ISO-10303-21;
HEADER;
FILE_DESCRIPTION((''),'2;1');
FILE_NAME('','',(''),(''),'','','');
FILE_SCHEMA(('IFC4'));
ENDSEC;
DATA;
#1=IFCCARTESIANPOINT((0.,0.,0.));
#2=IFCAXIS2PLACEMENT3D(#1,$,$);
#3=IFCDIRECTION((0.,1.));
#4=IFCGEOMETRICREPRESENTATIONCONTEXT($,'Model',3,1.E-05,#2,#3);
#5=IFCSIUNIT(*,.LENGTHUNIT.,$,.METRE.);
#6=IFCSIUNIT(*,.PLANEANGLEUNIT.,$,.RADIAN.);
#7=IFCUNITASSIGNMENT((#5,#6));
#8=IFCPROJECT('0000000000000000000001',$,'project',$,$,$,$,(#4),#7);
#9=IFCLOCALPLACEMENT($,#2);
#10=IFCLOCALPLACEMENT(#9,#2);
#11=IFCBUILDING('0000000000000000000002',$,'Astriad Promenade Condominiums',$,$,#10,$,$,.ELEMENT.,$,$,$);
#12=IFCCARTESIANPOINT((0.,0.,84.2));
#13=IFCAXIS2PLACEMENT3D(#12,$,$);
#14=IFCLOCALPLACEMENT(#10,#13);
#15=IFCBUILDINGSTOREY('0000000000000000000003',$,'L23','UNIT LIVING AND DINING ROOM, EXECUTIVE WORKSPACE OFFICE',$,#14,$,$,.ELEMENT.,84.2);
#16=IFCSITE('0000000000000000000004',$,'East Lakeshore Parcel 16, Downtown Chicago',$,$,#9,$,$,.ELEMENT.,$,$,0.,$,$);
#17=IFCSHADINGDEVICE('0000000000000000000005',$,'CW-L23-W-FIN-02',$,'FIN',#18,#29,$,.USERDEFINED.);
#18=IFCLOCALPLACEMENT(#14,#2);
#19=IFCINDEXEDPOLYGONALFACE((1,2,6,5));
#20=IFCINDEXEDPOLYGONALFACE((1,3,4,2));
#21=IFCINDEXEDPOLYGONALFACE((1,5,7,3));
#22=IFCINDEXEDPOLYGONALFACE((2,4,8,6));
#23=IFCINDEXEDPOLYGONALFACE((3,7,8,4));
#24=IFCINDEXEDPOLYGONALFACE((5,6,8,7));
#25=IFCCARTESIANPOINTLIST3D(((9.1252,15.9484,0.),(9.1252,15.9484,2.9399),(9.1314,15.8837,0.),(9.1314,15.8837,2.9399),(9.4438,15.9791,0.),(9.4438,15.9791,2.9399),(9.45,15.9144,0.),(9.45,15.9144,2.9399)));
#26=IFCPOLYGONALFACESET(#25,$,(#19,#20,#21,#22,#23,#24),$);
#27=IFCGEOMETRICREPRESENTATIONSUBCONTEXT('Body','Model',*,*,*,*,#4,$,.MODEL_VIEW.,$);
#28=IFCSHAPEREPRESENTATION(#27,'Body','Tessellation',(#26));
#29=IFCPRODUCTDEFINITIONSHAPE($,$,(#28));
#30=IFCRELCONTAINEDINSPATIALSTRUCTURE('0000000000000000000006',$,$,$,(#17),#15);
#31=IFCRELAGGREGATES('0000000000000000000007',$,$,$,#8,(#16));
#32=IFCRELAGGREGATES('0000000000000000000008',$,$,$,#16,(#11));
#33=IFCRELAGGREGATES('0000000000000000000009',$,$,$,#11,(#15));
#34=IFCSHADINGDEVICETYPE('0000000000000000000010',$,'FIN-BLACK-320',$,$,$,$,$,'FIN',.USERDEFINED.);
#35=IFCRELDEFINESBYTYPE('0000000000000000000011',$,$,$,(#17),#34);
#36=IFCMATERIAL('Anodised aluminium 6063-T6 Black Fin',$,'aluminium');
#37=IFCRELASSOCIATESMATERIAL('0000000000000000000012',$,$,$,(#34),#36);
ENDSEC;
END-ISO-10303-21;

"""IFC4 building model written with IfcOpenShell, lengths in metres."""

from ifc_helpers import new_model, si_unit, direction, frame, origin, origin_2d, place, context, subcontext, project, spatial, rectangle, extrude, source, transform, mapped, material, type_object, type_shapes, element, save


model = new_model("IFC4")

# Units and contexts
model_context = context("Model", 3, precision=1e-05, world=origin(), true_north=direction((0.0, 1.0)))
body_context = subcontext(model_context, "Body", "Model", "MODEL_VIEW")
ifc_project = project(units=[si_unit("LENGTHUNIT", "METRE"), si_unit("PLANEANGLEUNIT", "RADIAN")], contexts=[model_context])

# Site, building, storey
site_placement = place(None, origin())
site = spatial("IfcSite", under=ifc_project, at=site_placement, Name="East Lakeshore Parcel 16, Downtown Chicago", CompositionType="ELEMENT", RefElevation=0.0)
building_placement = place(site_placement, origin())
building = spatial("IfcBuilding", under=site, at=building_placement, Name="Astriad Promenade Condominiums", CompositionType="ELEMENT")
storey_placement = place(building_placement, frame((0.0, 0.0, 84.2)))
storey = spatial("IfcBuildingStorey", under=building, at=storey_placement, Name="L23", Description="UNIT LIVING AND DINING ROOM, EXECUTIVE WORKSPACE OFFICE", CompositionType="ELEMENT", Elevation=84.2)

# Shading device
ifc_material_1 = material(Name="Anodised aluminium 6063-T6 Black Fin", Category="aluminium")
shading_device_type = type_object("IfcShadingDeviceType", Name="FIN-BLACK-320", ElementType="FIN", PredefinedType="USERDEFINED", material=ifc_material_1)
shared_shape_1 = source(origin(), body_context, "Body", "SweptSolid", [
    extrude(rectangle(XDim=0.0649, YDim=0.3201, at=origin_2d()), origin(), (0.0, 0.0, 1.0), 2.9399),
])
type_shapes(shading_device_type, [shared_shape_1])
shading_device_placement = place(storey_placement, frame((9.2876, 15.9314, 0.0), z_axis=(0.0, 0.0, 1.0), x_axis=(-0.095846, 0.995396, 0.0)))
element("IfcShadingDevice", 1, at=shading_device_placement, inside=storey, type_object=shading_device_type, Name="CW-L23-W-FIN-02", ObjectType="FIN", PredefinedType="USERDEFINED", context=body_context, shape_type="MappedRepresentation", body=[
    mapped(shared_shape_1, transform((0.0, 0.0, 0.0), scale=1.0)),
])

save(model, "model.ifc")
